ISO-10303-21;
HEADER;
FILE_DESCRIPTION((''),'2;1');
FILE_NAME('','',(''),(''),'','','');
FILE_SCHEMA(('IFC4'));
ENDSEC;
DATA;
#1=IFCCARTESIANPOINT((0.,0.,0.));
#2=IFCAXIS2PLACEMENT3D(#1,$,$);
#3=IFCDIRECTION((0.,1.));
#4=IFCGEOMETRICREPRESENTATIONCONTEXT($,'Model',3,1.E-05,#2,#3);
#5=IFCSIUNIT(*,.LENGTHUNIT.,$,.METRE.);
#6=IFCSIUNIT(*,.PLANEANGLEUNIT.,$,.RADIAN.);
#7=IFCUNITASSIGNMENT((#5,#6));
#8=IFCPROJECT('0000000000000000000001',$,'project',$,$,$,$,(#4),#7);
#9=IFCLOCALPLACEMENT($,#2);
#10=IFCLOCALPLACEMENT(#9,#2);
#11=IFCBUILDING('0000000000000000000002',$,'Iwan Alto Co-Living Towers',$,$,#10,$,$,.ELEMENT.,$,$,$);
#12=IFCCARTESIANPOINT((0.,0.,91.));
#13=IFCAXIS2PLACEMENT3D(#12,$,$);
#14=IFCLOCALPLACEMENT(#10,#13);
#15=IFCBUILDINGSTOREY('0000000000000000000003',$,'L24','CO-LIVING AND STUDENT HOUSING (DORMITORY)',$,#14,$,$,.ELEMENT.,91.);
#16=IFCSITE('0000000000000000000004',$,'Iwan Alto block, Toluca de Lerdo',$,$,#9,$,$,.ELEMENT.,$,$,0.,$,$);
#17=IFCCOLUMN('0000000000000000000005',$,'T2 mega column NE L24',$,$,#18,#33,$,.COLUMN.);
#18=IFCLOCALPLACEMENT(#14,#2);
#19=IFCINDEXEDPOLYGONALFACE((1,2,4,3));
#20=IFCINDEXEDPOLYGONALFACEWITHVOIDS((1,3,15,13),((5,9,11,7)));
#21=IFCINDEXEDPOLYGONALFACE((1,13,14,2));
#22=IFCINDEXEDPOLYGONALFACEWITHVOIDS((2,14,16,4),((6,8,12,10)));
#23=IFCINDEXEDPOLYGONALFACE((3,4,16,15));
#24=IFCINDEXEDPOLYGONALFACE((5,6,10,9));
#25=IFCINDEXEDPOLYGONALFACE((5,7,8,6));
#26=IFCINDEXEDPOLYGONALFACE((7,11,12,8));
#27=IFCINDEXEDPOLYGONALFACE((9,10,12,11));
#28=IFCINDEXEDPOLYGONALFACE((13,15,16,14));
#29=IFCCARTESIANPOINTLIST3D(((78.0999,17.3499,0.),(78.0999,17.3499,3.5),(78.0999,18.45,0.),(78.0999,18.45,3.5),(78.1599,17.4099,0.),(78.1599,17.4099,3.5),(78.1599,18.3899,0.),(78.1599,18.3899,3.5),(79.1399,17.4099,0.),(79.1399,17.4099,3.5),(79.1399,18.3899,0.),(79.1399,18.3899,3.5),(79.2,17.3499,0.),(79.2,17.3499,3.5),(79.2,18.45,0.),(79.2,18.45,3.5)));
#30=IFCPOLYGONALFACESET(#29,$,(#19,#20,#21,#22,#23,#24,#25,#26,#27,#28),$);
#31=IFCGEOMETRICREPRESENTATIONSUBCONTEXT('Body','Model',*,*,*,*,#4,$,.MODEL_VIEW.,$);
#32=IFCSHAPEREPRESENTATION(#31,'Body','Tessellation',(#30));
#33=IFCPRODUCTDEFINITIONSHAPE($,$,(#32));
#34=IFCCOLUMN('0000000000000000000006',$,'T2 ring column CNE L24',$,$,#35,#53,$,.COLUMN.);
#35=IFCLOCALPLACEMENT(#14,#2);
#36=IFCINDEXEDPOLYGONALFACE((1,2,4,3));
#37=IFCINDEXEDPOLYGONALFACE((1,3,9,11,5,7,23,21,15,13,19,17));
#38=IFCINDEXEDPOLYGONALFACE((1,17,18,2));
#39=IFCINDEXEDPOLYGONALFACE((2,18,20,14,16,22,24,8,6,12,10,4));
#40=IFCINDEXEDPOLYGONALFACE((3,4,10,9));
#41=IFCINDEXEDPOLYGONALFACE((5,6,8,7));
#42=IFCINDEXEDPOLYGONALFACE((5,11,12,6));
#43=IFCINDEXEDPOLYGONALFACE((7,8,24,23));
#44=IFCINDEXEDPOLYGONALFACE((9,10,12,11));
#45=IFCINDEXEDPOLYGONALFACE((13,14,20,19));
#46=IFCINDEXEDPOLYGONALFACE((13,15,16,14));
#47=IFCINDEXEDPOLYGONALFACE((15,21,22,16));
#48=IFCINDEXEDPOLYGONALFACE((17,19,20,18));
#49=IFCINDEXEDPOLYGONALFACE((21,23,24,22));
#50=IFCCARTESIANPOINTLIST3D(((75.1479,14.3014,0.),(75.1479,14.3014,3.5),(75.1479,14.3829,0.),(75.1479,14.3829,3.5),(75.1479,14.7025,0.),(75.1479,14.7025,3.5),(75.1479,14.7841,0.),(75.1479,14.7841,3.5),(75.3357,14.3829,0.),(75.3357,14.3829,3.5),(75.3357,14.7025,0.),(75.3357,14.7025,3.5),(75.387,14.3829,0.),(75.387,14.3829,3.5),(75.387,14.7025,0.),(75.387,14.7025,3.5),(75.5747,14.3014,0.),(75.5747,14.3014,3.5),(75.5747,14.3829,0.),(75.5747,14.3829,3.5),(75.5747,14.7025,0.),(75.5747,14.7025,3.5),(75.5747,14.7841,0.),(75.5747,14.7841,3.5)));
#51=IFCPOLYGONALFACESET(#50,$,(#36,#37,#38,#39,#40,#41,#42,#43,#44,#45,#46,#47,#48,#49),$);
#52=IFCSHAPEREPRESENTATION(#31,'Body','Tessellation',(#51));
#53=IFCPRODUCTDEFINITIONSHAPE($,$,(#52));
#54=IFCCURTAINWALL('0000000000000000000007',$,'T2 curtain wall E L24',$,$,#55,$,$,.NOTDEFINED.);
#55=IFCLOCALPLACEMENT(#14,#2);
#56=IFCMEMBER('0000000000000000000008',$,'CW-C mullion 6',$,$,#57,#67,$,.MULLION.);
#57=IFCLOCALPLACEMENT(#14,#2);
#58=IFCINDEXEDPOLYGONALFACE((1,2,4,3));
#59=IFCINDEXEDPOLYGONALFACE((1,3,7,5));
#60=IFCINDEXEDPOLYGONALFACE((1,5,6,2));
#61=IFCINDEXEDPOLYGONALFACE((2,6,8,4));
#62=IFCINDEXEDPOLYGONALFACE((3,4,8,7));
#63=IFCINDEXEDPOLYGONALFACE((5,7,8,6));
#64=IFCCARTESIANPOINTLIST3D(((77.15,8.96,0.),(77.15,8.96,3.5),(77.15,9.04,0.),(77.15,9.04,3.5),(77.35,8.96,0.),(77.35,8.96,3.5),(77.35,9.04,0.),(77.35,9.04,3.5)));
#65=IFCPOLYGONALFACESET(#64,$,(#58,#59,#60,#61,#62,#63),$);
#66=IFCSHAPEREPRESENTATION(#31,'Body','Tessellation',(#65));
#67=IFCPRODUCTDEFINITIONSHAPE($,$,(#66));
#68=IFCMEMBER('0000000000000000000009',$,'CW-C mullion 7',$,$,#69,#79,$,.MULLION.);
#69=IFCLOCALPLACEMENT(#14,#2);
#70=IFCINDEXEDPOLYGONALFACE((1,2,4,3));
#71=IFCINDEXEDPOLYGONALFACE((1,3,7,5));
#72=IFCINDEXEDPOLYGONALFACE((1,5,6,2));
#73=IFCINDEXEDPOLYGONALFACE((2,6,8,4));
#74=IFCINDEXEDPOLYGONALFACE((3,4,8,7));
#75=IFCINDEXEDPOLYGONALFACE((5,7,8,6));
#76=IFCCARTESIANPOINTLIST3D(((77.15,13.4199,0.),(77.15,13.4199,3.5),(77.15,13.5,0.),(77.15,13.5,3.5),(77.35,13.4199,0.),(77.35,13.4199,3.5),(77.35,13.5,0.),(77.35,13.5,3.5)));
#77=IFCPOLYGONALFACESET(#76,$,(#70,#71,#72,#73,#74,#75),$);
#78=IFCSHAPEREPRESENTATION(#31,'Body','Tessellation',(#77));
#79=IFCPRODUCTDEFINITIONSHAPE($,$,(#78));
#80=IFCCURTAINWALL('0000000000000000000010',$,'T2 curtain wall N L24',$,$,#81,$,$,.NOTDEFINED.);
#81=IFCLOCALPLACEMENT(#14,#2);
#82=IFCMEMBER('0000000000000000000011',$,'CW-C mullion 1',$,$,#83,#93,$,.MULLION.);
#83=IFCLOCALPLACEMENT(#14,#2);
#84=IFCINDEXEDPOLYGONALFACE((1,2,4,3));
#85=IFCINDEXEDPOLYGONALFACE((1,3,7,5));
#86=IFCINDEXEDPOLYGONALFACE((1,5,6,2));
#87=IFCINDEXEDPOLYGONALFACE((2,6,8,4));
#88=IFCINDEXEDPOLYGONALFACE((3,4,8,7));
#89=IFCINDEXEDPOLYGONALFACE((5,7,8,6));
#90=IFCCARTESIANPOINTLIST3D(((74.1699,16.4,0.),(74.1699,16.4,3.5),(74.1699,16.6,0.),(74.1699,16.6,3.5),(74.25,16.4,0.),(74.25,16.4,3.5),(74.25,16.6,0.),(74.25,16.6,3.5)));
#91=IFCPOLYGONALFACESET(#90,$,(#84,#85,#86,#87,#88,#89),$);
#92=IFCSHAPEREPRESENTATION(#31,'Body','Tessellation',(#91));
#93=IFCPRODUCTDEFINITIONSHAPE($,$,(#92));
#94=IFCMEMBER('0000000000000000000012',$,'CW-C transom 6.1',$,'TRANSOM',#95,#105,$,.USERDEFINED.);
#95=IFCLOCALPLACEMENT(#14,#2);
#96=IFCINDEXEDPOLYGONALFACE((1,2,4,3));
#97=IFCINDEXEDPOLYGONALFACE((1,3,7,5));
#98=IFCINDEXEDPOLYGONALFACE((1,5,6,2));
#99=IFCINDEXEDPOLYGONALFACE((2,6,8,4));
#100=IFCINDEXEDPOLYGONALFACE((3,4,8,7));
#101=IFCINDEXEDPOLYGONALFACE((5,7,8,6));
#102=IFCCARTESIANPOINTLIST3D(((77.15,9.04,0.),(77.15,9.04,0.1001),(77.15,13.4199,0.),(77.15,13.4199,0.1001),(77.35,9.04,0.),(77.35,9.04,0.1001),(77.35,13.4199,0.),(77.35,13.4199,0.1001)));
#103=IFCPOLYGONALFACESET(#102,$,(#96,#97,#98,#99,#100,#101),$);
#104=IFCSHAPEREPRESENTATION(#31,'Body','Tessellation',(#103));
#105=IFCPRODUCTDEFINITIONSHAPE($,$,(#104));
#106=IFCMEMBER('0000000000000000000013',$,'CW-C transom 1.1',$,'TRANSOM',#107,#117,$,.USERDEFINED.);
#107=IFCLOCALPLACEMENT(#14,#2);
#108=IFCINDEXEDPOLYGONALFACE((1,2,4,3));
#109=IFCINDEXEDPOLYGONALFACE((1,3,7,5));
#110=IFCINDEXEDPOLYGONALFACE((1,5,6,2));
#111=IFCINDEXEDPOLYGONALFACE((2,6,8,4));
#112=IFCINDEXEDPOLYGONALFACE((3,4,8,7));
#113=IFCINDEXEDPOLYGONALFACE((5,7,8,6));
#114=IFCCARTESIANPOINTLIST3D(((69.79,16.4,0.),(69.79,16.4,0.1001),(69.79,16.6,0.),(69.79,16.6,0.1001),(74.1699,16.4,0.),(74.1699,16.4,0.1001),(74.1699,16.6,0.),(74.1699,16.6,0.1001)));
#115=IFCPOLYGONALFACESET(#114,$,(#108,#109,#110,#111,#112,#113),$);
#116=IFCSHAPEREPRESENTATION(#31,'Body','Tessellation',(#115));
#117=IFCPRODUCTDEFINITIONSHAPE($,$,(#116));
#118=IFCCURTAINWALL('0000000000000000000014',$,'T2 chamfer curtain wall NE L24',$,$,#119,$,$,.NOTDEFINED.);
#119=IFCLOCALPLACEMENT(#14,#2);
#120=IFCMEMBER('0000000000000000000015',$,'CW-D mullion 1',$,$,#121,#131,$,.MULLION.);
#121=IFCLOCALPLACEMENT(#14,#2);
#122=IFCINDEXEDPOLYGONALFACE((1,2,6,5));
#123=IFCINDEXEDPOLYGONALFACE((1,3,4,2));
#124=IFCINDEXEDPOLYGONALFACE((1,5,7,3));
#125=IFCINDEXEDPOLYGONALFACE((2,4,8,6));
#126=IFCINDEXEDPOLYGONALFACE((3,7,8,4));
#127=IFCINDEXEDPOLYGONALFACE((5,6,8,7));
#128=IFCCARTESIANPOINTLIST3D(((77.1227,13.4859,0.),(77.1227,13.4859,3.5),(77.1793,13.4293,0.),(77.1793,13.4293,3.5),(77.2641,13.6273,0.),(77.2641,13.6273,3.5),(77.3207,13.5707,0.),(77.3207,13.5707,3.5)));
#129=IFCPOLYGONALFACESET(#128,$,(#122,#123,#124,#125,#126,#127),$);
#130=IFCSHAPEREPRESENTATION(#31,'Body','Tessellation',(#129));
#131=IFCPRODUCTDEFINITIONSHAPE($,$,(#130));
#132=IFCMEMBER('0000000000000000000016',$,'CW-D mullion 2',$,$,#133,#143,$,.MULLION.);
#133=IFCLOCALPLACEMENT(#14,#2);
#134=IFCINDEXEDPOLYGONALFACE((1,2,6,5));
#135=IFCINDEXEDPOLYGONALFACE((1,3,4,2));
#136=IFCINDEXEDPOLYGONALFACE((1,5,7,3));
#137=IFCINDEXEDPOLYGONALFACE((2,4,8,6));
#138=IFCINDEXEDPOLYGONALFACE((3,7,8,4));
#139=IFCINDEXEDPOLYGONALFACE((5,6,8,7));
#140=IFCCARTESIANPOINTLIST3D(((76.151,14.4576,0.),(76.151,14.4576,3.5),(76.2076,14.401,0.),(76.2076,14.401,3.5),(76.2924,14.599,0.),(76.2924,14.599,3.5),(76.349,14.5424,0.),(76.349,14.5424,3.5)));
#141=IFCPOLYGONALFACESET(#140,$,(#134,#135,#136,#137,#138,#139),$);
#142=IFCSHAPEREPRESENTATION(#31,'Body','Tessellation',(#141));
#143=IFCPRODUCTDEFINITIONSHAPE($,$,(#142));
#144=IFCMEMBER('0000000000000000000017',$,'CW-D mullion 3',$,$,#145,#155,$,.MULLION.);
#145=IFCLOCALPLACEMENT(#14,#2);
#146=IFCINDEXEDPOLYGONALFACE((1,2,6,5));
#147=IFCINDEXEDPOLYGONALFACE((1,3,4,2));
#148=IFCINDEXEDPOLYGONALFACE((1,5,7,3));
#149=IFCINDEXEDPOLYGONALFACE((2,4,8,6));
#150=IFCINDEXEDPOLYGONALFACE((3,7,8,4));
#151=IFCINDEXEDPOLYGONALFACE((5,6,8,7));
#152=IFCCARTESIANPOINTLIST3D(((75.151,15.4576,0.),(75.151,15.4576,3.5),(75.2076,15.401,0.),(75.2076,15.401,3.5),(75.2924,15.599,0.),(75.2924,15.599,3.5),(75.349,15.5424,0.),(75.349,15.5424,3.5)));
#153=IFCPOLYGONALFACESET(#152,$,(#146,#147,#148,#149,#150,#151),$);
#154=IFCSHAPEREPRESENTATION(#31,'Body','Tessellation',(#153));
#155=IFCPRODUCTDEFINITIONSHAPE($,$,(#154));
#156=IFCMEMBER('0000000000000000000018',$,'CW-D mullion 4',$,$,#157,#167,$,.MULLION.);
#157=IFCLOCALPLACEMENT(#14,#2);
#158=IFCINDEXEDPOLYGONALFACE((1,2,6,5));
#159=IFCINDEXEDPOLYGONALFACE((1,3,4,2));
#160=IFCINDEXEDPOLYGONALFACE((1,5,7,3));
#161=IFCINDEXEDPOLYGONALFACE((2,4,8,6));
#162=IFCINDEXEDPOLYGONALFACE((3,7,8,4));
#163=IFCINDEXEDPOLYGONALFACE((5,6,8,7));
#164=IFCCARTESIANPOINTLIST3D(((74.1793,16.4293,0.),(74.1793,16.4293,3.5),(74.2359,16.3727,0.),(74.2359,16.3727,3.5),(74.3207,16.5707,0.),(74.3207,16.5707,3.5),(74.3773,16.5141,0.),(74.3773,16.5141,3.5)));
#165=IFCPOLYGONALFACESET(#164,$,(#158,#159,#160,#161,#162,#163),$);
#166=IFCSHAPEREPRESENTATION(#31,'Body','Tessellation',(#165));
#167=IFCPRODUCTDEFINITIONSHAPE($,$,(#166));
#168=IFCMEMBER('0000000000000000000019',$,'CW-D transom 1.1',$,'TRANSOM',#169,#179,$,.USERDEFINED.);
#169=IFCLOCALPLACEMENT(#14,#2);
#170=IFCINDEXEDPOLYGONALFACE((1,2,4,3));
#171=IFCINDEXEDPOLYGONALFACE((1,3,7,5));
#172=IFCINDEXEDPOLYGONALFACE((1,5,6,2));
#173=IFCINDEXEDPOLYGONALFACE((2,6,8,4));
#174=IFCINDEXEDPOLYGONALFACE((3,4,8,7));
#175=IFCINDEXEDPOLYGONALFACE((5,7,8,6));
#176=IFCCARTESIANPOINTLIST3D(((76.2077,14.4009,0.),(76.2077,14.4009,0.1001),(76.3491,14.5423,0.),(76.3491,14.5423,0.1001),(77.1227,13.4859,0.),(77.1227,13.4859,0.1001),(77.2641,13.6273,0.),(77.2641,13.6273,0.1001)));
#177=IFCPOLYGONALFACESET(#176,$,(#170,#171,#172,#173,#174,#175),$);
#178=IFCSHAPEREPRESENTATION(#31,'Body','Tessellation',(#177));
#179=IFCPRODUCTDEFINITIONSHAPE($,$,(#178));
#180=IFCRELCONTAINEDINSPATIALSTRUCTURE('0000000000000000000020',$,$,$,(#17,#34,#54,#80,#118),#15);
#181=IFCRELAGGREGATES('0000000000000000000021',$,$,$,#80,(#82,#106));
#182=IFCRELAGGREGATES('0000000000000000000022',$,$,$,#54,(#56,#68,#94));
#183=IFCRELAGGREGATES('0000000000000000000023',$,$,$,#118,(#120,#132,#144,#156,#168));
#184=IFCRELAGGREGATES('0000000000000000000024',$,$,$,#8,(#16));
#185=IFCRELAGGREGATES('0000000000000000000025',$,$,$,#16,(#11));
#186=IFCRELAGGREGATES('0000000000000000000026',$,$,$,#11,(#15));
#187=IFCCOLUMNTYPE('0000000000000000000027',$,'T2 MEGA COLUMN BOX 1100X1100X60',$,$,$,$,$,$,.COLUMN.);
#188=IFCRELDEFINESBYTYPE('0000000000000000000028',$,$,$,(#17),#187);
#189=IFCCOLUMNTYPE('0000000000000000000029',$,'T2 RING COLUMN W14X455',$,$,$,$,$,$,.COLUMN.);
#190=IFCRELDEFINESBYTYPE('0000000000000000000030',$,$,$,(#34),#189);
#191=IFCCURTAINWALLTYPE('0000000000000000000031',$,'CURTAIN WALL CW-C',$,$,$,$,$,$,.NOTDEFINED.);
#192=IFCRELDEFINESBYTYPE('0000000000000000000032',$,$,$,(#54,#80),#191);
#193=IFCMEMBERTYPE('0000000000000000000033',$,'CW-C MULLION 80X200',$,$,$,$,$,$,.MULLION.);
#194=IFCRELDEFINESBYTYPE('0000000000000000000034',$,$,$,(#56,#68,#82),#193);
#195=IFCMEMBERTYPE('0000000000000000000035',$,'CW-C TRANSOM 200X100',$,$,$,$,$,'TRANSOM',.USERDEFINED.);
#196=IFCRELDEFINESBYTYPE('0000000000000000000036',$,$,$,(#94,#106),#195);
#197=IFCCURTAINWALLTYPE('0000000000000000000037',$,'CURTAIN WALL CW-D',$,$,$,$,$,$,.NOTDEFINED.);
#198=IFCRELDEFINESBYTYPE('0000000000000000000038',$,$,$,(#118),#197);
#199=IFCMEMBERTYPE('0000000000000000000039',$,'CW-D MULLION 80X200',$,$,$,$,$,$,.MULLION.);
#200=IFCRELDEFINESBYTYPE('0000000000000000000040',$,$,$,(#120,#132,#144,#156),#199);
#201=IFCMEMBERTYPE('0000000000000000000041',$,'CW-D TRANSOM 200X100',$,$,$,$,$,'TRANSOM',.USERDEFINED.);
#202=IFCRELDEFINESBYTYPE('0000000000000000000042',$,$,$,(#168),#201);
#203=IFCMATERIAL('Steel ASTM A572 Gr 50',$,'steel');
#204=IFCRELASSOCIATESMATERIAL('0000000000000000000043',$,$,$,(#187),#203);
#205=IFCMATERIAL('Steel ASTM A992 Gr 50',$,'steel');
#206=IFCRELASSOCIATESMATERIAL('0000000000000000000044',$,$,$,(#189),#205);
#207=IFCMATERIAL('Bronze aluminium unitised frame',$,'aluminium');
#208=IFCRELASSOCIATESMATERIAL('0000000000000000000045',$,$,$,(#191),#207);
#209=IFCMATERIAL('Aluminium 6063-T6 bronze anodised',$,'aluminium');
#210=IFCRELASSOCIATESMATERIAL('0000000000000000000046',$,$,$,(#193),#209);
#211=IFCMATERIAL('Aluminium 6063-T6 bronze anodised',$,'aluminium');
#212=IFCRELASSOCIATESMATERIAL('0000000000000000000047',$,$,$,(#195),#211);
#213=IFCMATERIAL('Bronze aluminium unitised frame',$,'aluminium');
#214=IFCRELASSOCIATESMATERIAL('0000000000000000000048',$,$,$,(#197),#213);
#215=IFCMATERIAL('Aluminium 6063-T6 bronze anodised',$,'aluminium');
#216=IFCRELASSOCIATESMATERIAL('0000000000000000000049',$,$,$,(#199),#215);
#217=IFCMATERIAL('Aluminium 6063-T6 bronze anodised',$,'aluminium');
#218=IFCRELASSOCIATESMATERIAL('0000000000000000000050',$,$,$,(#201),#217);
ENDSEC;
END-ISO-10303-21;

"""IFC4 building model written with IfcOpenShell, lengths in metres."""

from ifc_helpers import new_model, si_unit, direction, frame, origin, origin_2d, place, context, subcontext, project, spatial, rectangle, hollow_rectangle, i_section, extrude, material, material_profile, profile_set, type_object, element, aggregate, save


model = new_model("IFC4")

# Units and contexts
model_context = context("Model", 3, precision=1e-05, world=origin(), true_north=direction((0.0, 1.0)))
body_context = subcontext(model_context, "Body", "Model", "MODEL_VIEW")
ifc_project = project(units=[si_unit("LENGTHUNIT", "METRE"), si_unit("PLANEANGLEUNIT", "RADIAN")], contexts=[model_context])

# Site, building, storey
site_placement = place(None, origin())
site = spatial("IfcSite", under=ifc_project, at=site_placement, Name="Iwan Alto block, Toluca de Lerdo", CompositionType="ELEMENT", RefElevation=0.0)
building_placement = place(site_placement, origin())
building = spatial("IfcBuilding", under=site, at=building_placement, Name="Iwan Alto Co-Living Towers", CompositionType="ELEMENT")
storey_placement = place(building_placement, frame((0.0, 0.0, 91.0)))
storey = spatial("IfcBuildingStorey", under=building, at=storey_placement, Name="L24", Description="CO-LIVING AND STUDENT HOUSING (DORMITORY)", CompositionType="ELEMENT", Elevation=91.0)

# Columns
ifc_material_1 = material(Name="Steel ASTM A572 Gr 50", Category="steel")
ifc_material_profile_1 = material_profile(ifc_material_1, hollow_rectangle(XDim=1.1001, YDim=1.1001, WallThickness=0.0601, at=origin_2d()), Name="BOX 1100X1100X60")
ifc_profile_set_1 = profile_set([ifc_material_profile_1], Name="Steel ASTM A572 Gr 50")
column_type_1 = type_object("IfcColumnType", Name="T2 MEGA COLUMN BOX 1100X1100X60", PredefinedType="COLUMN", material=ifc_profile_set_1)
column_1_placement = place(storey_placement, frame((78.6499, 17.8999, 0.0), z_axis=(0.0, 0.0, 1.0), x_axis=(1.0, 0.0, 0.0)))
element("IfcColumn", 1, at=column_1_placement, inside=storey, type_object=column_type_1, Name="T2 mega column NE L24", PredefinedType="COLUMN", context=body_context, shape_type="SweptSolid", body=[
    extrude(hollow_rectangle(XDim=1.1001, YDim=1.1001, WallThickness=0.0601, at=origin_2d()), origin(), (0.0, 0.0, 1.0), 3.5),
])
ifc_material_2 = material(Name="Steel ASTM A992 Gr 50", Category="steel")
ifc_material_profile_2 = material_profile(ifc_material_2, i_section(OverallWidth=0.4268, OverallDepth=0.4827, WebThickness=0.0513, FlangeThickness=0.0815, at=origin_2d()), Name="W14X455")
ifc_profile_set_2 = profile_set([ifc_material_profile_2], Name="Steel ASTM A992 Gr 50")
column_type_2 = type_object("IfcColumnType", Name="T2 RING COLUMN W14X455", PredefinedType="COLUMN", material=ifc_profile_set_2)
column_2_placement = place(storey_placement, frame((75.3613, 14.5427, 0.0), z_axis=(0.0, 0.0, 1.0), x_axis=(1.0, 0.0, 0.0)))
element("IfcColumn", 2, at=column_2_placement, inside=storey, type_object=column_type_2, Name="T2 ring column CNE L24", PredefinedType="COLUMN", context=body_context, shape_type="SweptSolid", body=[
    extrude(i_section(OverallWidth=0.4268, OverallDepth=0.4827, WebThickness=0.0513, FlangeThickness=0.0815, at=origin_2d()), origin(), (0.0, 0.0, 1.0), 3.5),
])

# Curtain wall, members
ifc_material_3 = material(Name="Bronze aluminium unitised frame", Category="aluminium")
curtain_wall_type_1 = type_object("IfcCurtainWallType", Name="CURTAIN WALL CW-C", PredefinedType="NOTDEFINED", material=ifc_material_3)
curtain_wall_1_placement = place(storey_placement, origin())
curtain_wall_1 = element("IfcCurtainWall", 3, at=curtain_wall_1_placement, inside=storey, type_object=curtain_wall_type_1, Name="T2 curtain wall E L24", PredefinedType="NOTDEFINED")
ifc_material_4 = material(Name="Aluminium 6063-T6 bronze anodised", Category="aluminium")
ifc_material_profile_3 = material_profile(ifc_material_4, rectangle(XDim=0.2, YDim=0.0801, at=origin_2d()), Name="AL 80X200")
ifc_profile_set_3 = profile_set([ifc_material_profile_3], Name="Aluminium 6063-T6 bronze anodised")
member_type_1 = type_object("IfcMemberType", Name="CW-C MULLION 80X200", PredefinedType="MULLION", material=ifc_profile_set_3)
member_1_placement = place(storey_placement, frame((77.25, 9.0, 0.0), z_axis=(0.0, 0.0, 1.0), x_axis=(-1.0, 0.0, 0.0)))
member_1 = element("IfcMember", 4, at=member_1_placement, type_object=member_type_1, Name="CW-C mullion 6", PredefinedType="MULLION", context=body_context, shape_type="SweptSolid", body=[
    extrude(rectangle(XDim=0.2, YDim=0.0801, at=origin_2d()), origin(), (0.0, 0.0, 1.0), 3.5),
])
member_2_placement = place(storey_placement, frame((77.25, 13.46, 0.0), z_axis=(0.0, 0.0, 1.0), x_axis=(-1.0, 0.0, 0.0)))
member_2 = element("IfcMember", 5, at=member_2_placement, type_object=member_type_1, Name="CW-C mullion 7", PredefinedType="MULLION", context=body_context, shape_type="SweptSolid", body=[
    extrude(rectangle(XDim=0.2, YDim=0.0801, at=origin_2d()), origin(), (0.0, 0.0, 1.0), 3.5),
])

# Curtain wall, member
curtain_wall_2_placement = place(storey_placement, origin())
curtain_wall_2 = element("IfcCurtainWall", 6, at=curtain_wall_2_placement, inside=storey, type_object=curtain_wall_type_1, Name="T2 curtain wall N L24", PredefinedType="NOTDEFINED")
member_3_placement = place(storey_placement, frame((74.21, 16.5, 0.0), z_axis=(0.0, 0.0, 1.0), x_axis=(0.0, -1.0, 0.0)))
member_3 = element("IfcMember", 7, at=member_3_placement, type_object=member_type_1, Name="CW-C mullion 1", PredefinedType="MULLION", context=body_context, shape_type="SweptSolid", body=[
    extrude(rectangle(XDim=0.2, YDim=0.0801, at=origin_2d()), origin(), (0.0, 0.0, 1.0), 3.5),
])

# Members
ifc_material_5 = material(Name="Aluminium 6063-T6 bronze anodised", Category="aluminium")
ifc_material_profile_4 = material_profile(ifc_material_5, rectangle(XDim=0.2, YDim=0.1001, at=origin_2d()), Name="AL 200X100")
ifc_profile_set_4 = profile_set([ifc_material_profile_4], Name="Aluminium 6063-T6 bronze anodised")
member_type_2 = type_object("IfcMemberType", Name="CW-C TRANSOM 200X100", ElementType="TRANSOM", PredefinedType="USERDEFINED", material=ifc_profile_set_4)
member_4_placement = place(storey_placement, frame((77.25, 9.04, 0.05), z_axis=(0.0, 1.0, 0.0), x_axis=(-1.0, 0.0, 0.0)))
member_4 = element("IfcMember", 8, at=member_4_placement, type_object=member_type_2, Name="CW-C transom 6.1", ObjectType="TRANSOM", PredefinedType="USERDEFINED", context=body_context, shape_type="SweptSolid", body=[
    extrude(rectangle(XDim=0.2, YDim=0.1001, at=origin_2d()), origin(), (0.0, 0.0, 1.0), 4.3799),
])
member_5_placement = place(storey_placement, frame((74.1699, 16.5, 0.05), z_axis=(-1.0, 0.0, 0.0), x_axis=(0.0, -1.0, 0.0)))
member_5 = element("IfcMember", 9, at=member_5_placement, type_object=member_type_2, Name="CW-C transom 1.1", ObjectType="TRANSOM", PredefinedType="USERDEFINED", context=body_context, shape_type="SweptSolid", body=[
    extrude(rectangle(XDim=0.2, YDim=0.1001, at=origin_2d()), origin(), (0.0, 0.0, 1.0), 4.3799),
])
aggregate(curtain_wall_2, [member_3, member_5])

# Curtain wall, members
ifc_material_6 = material(Name="Bronze aluminium unitised frame", Category="aluminium")
curtain_wall_type_2 = type_object("IfcCurtainWallType", Name="CURTAIN WALL CW-D", PredefinedType="NOTDEFINED", material=ifc_material_6)
curtain_wall_3_placement = place(storey_placement, origin())
curtain_wall_3 = element("IfcCurtainWall", 10, at=curtain_wall_3_placement, inside=storey, type_object=curtain_wall_type_2, Name="T2 chamfer curtain wall NE L24", PredefinedType="NOTDEFINED")
ifc_material_7 = material(Name="Aluminium 6063-T6 bronze anodised", Category="aluminium")
ifc_material_profile_5 = material_profile(ifc_material_7, rectangle(XDim=0.2, YDim=0.0801, at=origin_2d()), Name="AL 80X200")
ifc_profile_set_5 = profile_set([ifc_material_profile_5], Name="Aluminium 6063-T6 bronze anodised")
member_type_3 = type_object("IfcMemberType", Name="CW-D MULLION 80X200", PredefinedType="MULLION", material=ifc_profile_set_5)
member_6_placement = place(storey_placement, frame((77.2217, 13.5283, 0.0), z_axis=(0.0, 0.0, 1.0), x_axis=(-0.707107, -0.707107, 0.0)))
member_6 = element("IfcMember", 11, at=member_6_placement, type_object=member_type_3, Name="CW-D mullion 1", PredefinedType="MULLION", context=body_context, shape_type="SweptSolid", body=[
    extrude(rectangle(XDim=0.2, YDim=0.0801, at=origin_2d()), origin(), (0.0, 0.0, 1.0), 3.5),
])
member_7_placement = place(storey_placement, frame((76.25, 14.5, 0.0), z_axis=(0.0, 0.0, 1.0), x_axis=(-0.707107, -0.707107, 0.0)))
member_7 = element("IfcMember", 12, at=member_7_placement, type_object=member_type_3, Name="CW-D mullion 2", PredefinedType="MULLION", context=body_context, shape_type="SweptSolid", body=[
    extrude(rectangle(XDim=0.2, YDim=0.0801, at=origin_2d()), origin(), (0.0, 0.0, 1.0), 3.5),
])
member_8_placement = place(storey_placement, frame((75.25, 15.5, 0.0), z_axis=(0.0, 0.0, 1.0), x_axis=(-0.707107, -0.707107, 0.0)))
member_8 = element("IfcMember", 13, at=member_8_placement, type_object=member_type_3, Name="CW-D mullion 3", PredefinedType="MULLION", context=body_context, shape_type="SweptSolid", body=[
    extrude(rectangle(XDim=0.2, YDim=0.0801, at=origin_2d()), origin(), (0.0, 0.0, 1.0), 3.5),
])
member_9_placement = place(storey_placement, frame((74.2783, 16.4717, 0.0), z_axis=(0.0, 0.0, 1.0), x_axis=(-0.707107, -0.707107, 0.0)))
member_9 = element("IfcMember", 14, at=member_9_placement, type_object=member_type_3, Name="CW-D mullion 4", PredefinedType="MULLION", context=body_context, shape_type="SweptSolid", body=[
    extrude(rectangle(XDim=0.2, YDim=0.0801, at=origin_2d()), origin(), (0.0, 0.0, 1.0), 3.5),
])
ifc_material_8 = material(Name="Aluminium 6063-T6 bronze anodised", Category="aluminium")
ifc_material_profile_6 = material_profile(ifc_material_8, rectangle(XDim=0.2, YDim=0.1001, at=origin_2d()), Name="AL 200X100")
ifc_profile_set_6 = profile_set([ifc_material_profile_6], Name="Aluminium 6063-T6 bronze anodised")
member_type_4 = type_object("IfcMemberType", Name="CW-D TRANSOM 200X100", ElementType="TRANSOM", PredefinedType="USERDEFINED", material=ifc_profile_set_6)
member_10_placement = place(storey_placement, frame((77.1934, 13.5566, 0.05), z_axis=(-0.707107, 0.707107, 0.0), x_axis=(-0.707107, -0.707107, 0.0)))
member_10 = element("IfcMember", 15, at=member_10_placement, type_object=member_type_4, Name="CW-D transom 1.1", ObjectType="TRANSOM", PredefinedType="USERDEFINED", context=body_context, shape_type="SweptSolid", body=[
    extrude(rectangle(XDim=0.2, YDim=0.1001, at=origin_2d()), origin(), (0.0, 0.0, 1.0), 1.2939),
])

aggregate(curtain_wall_1, [member_1, member_2, member_4])
aggregate(curtain_wall_3, [member_6, member_7, member_8, member_9, member_10])

save(model, "model.ifc")
